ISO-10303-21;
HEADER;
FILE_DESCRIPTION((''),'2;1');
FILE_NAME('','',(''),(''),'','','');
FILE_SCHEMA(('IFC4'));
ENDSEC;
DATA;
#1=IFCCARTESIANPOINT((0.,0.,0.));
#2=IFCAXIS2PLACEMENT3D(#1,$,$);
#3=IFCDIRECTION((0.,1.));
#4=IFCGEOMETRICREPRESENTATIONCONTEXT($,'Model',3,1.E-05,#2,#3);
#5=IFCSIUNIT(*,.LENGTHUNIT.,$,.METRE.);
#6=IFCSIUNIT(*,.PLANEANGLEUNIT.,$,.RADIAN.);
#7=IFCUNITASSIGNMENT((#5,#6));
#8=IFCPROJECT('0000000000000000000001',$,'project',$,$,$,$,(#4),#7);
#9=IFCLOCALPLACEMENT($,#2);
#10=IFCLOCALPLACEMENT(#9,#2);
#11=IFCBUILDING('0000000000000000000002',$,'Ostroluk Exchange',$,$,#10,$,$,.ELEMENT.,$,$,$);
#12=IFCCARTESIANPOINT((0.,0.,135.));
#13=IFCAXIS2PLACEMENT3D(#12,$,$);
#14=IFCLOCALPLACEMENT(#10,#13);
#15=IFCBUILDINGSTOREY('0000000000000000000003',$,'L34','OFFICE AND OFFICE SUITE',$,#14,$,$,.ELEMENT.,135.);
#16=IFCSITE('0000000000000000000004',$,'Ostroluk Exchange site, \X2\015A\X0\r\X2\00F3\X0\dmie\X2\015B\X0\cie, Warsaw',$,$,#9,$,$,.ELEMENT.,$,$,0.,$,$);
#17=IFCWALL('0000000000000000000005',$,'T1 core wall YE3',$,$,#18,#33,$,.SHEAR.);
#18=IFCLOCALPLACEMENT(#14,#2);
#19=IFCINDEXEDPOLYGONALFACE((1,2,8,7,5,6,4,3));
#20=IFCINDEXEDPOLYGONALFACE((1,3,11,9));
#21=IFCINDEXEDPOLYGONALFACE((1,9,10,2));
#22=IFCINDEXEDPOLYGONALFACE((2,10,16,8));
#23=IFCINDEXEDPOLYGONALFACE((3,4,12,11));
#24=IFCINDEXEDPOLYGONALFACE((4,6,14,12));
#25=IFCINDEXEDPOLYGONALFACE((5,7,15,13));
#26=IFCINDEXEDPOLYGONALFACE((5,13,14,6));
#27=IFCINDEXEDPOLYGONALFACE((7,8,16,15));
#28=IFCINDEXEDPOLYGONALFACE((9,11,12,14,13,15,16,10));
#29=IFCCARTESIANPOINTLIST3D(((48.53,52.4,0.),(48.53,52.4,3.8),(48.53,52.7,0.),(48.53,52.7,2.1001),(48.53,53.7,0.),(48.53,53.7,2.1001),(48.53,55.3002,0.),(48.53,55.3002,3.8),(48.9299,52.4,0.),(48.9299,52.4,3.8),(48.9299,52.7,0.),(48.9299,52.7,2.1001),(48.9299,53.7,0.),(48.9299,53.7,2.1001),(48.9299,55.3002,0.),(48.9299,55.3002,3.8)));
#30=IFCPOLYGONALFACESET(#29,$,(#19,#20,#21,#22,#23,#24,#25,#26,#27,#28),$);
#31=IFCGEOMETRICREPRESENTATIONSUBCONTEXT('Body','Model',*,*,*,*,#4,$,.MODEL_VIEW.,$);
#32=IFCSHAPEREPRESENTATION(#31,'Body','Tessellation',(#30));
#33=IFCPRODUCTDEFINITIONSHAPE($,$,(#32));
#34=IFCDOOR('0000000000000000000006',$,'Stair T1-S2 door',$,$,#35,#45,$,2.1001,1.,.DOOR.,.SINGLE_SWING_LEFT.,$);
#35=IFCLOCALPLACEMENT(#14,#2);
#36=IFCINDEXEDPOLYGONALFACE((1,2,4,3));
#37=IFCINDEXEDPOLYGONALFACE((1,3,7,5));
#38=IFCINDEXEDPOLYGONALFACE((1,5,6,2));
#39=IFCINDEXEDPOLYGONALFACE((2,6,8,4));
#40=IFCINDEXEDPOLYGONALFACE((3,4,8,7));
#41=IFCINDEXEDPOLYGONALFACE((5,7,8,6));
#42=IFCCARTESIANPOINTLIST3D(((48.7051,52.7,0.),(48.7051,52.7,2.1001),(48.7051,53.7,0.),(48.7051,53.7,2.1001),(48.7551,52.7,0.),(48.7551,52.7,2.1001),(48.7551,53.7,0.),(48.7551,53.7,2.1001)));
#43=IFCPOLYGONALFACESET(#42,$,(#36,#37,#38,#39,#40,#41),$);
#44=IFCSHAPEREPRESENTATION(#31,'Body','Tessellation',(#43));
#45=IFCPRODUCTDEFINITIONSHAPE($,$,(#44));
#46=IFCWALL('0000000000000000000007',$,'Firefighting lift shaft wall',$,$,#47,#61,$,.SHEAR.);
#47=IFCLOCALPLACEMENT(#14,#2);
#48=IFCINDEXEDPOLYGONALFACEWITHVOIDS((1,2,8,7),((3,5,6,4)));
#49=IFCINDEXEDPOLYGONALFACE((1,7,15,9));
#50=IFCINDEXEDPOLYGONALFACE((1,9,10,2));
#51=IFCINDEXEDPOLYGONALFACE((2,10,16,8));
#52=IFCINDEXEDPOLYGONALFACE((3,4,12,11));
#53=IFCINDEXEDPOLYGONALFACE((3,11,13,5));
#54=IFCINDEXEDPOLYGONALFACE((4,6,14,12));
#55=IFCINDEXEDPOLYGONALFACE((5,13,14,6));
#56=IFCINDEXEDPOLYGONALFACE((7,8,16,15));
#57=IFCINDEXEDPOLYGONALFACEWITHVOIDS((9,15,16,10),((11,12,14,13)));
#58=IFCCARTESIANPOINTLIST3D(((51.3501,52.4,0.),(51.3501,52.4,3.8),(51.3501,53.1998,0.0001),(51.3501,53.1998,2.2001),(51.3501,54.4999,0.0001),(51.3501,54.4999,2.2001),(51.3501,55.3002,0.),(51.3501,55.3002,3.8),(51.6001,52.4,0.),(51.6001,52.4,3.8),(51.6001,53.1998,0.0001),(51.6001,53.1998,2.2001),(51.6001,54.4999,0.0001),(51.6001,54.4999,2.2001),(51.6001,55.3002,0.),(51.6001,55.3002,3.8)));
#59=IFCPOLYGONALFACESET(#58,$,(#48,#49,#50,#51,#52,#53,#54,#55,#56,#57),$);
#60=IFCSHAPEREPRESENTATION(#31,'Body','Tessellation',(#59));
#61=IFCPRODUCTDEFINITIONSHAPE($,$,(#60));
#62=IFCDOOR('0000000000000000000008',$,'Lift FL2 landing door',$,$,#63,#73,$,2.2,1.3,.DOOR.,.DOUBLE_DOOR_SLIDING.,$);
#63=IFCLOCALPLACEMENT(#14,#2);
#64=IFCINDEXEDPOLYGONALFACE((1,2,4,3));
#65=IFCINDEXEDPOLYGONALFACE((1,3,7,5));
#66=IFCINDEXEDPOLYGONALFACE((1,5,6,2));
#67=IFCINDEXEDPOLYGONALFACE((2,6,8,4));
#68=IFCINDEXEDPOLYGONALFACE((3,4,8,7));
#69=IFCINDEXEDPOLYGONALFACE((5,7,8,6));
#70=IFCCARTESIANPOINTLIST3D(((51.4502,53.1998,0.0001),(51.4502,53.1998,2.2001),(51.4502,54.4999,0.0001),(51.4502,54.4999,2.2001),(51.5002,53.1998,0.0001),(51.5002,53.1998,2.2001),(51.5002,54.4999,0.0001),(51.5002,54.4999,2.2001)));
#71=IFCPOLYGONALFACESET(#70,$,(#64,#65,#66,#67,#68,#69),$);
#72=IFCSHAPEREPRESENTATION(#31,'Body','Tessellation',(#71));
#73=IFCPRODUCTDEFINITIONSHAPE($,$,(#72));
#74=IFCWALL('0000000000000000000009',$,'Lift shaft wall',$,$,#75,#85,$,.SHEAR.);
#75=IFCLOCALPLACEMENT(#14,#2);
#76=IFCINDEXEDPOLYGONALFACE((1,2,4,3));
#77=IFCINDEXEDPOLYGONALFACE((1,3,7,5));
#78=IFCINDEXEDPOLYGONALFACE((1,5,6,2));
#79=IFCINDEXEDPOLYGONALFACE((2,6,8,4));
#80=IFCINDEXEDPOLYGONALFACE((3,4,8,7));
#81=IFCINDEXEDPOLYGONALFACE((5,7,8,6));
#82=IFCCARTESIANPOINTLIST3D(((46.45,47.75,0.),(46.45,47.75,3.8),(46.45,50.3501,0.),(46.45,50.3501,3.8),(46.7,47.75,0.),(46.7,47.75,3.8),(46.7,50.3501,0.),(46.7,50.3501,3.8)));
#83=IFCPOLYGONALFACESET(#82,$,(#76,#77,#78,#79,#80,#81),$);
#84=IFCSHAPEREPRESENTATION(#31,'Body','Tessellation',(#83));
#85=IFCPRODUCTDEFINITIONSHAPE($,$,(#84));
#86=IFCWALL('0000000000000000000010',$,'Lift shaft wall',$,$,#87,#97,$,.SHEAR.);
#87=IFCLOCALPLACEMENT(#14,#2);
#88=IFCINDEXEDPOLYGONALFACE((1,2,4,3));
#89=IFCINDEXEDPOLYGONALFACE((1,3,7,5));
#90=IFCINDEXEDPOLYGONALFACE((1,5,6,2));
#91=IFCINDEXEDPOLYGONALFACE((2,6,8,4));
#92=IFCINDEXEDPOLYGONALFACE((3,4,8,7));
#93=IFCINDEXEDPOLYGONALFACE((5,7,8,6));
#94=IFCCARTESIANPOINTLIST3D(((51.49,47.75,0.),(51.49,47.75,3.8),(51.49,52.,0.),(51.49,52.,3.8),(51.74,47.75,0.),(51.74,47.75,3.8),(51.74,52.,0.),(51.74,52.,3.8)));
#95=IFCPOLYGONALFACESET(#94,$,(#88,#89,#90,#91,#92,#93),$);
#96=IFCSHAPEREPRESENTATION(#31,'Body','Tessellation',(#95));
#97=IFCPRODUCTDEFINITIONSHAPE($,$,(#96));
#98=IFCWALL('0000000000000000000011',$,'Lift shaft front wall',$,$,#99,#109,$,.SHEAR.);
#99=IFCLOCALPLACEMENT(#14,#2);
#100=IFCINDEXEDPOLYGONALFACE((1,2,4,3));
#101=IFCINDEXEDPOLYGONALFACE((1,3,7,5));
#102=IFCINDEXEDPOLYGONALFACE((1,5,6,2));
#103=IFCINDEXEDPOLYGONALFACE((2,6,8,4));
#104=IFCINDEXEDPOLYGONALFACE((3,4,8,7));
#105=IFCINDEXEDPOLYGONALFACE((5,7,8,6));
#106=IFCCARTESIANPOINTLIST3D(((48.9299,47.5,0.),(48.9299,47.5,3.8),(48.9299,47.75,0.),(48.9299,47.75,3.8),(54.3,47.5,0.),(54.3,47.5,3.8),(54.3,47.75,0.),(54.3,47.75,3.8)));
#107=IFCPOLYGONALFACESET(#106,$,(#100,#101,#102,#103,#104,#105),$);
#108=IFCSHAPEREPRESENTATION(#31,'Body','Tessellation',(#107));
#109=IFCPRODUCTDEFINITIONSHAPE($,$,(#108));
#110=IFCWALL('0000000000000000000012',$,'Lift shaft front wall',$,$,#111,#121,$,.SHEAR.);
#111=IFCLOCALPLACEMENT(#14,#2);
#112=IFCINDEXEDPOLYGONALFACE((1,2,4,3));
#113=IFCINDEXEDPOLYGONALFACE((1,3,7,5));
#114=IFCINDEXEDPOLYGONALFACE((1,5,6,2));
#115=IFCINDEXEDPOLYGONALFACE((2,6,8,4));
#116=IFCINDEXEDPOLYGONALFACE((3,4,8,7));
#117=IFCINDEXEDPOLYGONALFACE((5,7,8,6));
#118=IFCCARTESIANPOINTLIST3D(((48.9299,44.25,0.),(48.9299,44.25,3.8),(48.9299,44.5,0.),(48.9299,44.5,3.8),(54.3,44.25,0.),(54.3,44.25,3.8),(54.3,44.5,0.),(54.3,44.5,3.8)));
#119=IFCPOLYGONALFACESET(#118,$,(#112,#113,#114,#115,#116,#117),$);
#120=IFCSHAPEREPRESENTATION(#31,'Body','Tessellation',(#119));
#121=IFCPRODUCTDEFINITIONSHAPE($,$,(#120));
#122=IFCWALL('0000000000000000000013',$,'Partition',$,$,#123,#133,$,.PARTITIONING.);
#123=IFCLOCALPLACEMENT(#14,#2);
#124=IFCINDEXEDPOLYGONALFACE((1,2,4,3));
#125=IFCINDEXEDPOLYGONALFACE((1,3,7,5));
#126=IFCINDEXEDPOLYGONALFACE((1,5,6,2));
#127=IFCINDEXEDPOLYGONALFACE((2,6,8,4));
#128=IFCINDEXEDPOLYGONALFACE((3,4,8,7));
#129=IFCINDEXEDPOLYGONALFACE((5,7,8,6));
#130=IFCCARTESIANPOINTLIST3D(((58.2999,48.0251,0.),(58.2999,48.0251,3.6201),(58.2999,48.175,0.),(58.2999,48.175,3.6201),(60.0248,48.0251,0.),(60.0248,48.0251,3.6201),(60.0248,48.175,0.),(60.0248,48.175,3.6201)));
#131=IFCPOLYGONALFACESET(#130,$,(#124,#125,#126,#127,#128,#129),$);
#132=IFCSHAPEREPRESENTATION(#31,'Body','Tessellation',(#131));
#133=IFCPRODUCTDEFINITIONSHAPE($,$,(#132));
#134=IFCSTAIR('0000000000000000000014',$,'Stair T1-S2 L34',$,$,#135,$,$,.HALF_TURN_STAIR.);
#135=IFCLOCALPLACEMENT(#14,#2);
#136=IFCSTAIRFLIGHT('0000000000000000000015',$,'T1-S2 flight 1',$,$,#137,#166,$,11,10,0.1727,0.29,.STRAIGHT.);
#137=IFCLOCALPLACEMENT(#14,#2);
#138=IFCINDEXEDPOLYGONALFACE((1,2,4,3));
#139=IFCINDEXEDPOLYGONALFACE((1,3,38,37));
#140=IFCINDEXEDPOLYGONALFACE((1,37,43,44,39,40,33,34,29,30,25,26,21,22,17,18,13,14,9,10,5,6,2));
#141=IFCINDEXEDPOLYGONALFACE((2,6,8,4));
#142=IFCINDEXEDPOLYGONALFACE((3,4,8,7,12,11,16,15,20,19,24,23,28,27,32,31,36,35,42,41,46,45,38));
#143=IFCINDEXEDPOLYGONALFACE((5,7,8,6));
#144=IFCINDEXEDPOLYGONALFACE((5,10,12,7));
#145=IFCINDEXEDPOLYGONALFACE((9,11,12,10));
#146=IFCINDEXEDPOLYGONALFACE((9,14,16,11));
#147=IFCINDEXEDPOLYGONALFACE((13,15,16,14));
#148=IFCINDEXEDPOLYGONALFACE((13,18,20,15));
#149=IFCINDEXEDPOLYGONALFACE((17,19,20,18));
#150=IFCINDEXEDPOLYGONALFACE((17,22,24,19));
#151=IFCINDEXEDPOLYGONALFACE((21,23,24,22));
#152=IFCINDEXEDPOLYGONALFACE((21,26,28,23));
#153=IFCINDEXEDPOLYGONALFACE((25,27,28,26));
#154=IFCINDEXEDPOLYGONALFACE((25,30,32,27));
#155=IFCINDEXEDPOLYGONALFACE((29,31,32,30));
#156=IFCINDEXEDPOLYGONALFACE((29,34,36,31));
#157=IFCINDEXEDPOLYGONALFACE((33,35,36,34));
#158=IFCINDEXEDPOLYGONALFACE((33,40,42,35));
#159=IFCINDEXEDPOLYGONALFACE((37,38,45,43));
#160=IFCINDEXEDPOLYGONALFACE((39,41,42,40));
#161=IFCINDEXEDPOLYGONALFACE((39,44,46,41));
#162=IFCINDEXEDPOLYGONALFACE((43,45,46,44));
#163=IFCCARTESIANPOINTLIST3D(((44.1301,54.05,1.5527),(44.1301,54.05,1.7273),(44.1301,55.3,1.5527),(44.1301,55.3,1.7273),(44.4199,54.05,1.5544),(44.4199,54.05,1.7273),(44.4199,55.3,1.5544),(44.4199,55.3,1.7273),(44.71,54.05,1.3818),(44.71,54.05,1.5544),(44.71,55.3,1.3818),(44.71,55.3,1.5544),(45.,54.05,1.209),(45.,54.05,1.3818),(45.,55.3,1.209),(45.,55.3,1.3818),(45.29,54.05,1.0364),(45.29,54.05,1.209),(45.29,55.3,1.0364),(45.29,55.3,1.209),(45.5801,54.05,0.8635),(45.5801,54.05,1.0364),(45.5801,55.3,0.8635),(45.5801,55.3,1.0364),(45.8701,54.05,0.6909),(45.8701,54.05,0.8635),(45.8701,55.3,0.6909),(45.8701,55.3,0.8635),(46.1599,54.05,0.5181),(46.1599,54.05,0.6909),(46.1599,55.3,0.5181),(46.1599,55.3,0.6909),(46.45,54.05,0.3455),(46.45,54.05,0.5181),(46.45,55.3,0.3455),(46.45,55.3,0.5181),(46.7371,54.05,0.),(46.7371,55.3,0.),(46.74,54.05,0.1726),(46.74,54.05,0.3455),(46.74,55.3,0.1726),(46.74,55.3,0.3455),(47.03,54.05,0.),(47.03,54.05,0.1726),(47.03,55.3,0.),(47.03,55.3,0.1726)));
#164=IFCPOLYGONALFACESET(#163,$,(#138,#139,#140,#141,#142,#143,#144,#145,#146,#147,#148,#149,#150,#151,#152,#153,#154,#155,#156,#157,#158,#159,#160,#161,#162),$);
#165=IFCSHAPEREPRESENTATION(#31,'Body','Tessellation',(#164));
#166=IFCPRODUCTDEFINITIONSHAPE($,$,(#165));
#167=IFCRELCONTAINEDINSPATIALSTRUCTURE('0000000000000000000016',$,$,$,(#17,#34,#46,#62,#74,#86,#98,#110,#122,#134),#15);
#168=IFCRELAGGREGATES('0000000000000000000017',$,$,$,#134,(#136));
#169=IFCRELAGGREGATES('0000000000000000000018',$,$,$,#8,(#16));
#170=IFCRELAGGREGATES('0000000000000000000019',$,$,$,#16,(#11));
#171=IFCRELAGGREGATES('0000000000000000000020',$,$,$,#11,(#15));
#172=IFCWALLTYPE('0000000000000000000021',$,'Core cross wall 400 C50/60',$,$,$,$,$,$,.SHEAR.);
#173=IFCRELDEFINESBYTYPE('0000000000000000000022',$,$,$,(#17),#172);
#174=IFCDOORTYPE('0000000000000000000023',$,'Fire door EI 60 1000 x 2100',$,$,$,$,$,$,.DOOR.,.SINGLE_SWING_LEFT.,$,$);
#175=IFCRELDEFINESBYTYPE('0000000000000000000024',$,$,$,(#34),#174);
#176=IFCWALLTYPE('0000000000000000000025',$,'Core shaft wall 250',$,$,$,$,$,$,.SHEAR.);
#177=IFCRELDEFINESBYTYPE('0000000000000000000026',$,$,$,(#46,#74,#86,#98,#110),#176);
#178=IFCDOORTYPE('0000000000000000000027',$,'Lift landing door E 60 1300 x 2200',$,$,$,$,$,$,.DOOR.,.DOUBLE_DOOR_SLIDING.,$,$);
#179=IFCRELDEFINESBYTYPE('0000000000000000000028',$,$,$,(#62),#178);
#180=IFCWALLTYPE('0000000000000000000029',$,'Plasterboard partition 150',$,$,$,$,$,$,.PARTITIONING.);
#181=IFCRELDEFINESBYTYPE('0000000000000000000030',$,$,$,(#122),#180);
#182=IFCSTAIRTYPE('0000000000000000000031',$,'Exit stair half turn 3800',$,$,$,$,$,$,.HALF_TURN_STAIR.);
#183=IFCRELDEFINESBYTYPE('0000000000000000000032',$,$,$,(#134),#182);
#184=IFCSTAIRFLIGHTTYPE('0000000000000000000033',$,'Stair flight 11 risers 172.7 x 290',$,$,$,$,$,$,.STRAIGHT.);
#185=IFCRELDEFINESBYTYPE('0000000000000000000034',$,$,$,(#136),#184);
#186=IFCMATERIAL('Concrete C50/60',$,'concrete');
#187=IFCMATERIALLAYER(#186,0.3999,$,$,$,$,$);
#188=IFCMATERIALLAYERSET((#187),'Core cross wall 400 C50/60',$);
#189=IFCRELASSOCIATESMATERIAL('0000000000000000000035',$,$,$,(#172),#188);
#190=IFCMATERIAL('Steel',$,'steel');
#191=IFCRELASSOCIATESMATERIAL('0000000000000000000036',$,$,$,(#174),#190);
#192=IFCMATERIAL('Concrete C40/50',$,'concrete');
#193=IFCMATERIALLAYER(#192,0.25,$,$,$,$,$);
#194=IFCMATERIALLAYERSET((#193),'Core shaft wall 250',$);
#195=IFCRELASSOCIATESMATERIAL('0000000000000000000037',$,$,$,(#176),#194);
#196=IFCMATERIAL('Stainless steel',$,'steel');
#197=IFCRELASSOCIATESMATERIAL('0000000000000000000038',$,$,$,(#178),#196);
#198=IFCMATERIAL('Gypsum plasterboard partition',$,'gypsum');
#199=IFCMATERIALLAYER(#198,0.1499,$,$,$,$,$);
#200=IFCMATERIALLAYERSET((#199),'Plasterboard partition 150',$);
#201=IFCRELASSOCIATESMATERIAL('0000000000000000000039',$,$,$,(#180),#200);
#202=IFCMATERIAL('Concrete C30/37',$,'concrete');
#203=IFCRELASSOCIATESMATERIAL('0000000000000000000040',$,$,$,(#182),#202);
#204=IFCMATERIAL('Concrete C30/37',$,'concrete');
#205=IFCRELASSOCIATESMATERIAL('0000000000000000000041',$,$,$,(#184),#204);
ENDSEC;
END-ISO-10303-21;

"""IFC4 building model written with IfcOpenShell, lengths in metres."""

from ifc_helpers import new_model, si_unit, direction, frame, frame_2d, origin, place, context, subcontext, project, spatial, polyline, rectangle, outline, extrude, material, layer, layer_set, type_object, element, fill, aggregate, save


model = new_model("IFC4")

# Units and contexts
model_context = context("Model", 3, precision=1e-05, world=origin(), true_north=direction((0.0, 1.0)))
body_context = subcontext(model_context, "Body", "Model", "MODEL_VIEW")
ifc_project = project(units=[si_unit("LENGTHUNIT", "METRE"), si_unit("PLANEANGLEUNIT", "RADIAN")], contexts=[model_context])

# Site, building, storey
site_placement = place(None, origin())
site = spatial("IfcSite", under=ifc_project, at=site_placement, Name="Ostroluk Exchange site, Śródmieście, Warsaw", CompositionType="ELEMENT", RefElevation=0.0)
building_placement = place(site_placement, origin())
building = spatial("IfcBuilding", under=site, at=building_placement, Name="Ostroluk Exchange", CompositionType="ELEMENT")
storey_placement = place(building_placement, frame((0.0, 0.0, 135.0)))
storey = spatial("IfcBuildingStorey", under=building, at=storey_placement, Name="L34", Description="OFFICE AND OFFICE SUITE", CompositionType="ELEMENT", Elevation=135.0)

# Walls, openings, doors
ifc_material_1 = material(Name="Concrete C50/60", Category="concrete")
ifc_layer_1 = layer(ifc_material_1, 0.3999)
ifc_layer_set_1 = layer_set([ifc_layer_1], Name="Core cross wall 400 C50/60")
wall_type_1 = type_object("IfcWallType", Name="Core cross wall 400 C50/60", PredefinedType="SHEAR", material=ifc_layer_set_1)
wall_1_placement = place(storey_placement, frame((48.73, 52.3999, 0.0), z_axis=(0.0, 0.0, 1.0), x_axis=(0.0, 1.0, 0.0)))
wall_1 = element("IfcWall", 1, at=wall_1_placement, inside=storey, type_object=wall_type_1, Name="T1 core wall YE3", PredefinedType="SHEAR", context=body_context, shape_type="SweptSolid", body=[
    extrude(rectangle(XDim=2.9001, YDim=0.3999, at=frame_2d((1.4502, 0.0))), origin(), (0.0, 0.0, 1.0), 3.8),
])
opening_1_placement = place(wall_1_placement, frame((0.3, 0.0, 0.0)))
opening_1 = element("IfcOpeningElement", 2, at=opening_1_placement, cuts=wall_1, PredefinedType="OPENING", context=body_context, shape_type="SweptSolid", body=[
    extrude(rectangle(XDim=1.0, YDim=2.1001, at=frame_2d((0.5, 1.05))), frame((0.0, 0.21, 0.0), z_axis=(0.0, -1.0, 0.0), x_axis=(1.0, 0.0, 0.0)), (0.0, 0.0, 1.0), 0.4199),
])
ifc_material_2 = material(Name="Steel", Category="steel")
door_type_1 = type_object("IfcDoorType", Name="Fire door EI 60 1000 x 2100", OperationType="SINGLE_SWING_LEFT", PredefinedType="DOOR", material=ifc_material_2)
door_1_placement = place(opening_1_placement, origin())
door_1 = element("IfcDoor", 3, at=door_1_placement, inside=storey, type_object=door_type_1, Name="Stair T1-S2 door", OperationType="SINGLE_SWING_LEFT", OverallHeight=2.1001, OverallWidth=1.0, PredefinedType="DOOR", context=body_context, shape_type="SweptSolid", body=[
    extrude(rectangle(XDim=1.0, YDim=2.1001, at=frame_2d((0.5, 1.05))), frame((0.0, 0.0249, 0.0), z_axis=(0.0, -1.0, 0.0), x_axis=(1.0, 0.0, 0.0)), (0.0, 0.0, 1.0), 0.05),
])
fill(opening_1, door_1)
ifc_material_3 = material(Name="Concrete C40/50", Category="concrete")
ifc_layer_2 = layer(ifc_material_3, 0.25)
ifc_layer_set_2 = layer_set([ifc_layer_2], Name="Core shaft wall 250")
wall_type_2 = type_object("IfcWallType", Name="Core shaft wall 250", PredefinedType="SHEAR", material=ifc_layer_set_2)
wall_2_placement = place(storey_placement, frame((51.4751, 52.3999, 0.0), z_axis=(0.0, 0.0, 1.0), x_axis=(0.0, 1.0, 0.0)))
wall_2 = element("IfcWall", 4, at=wall_2_placement, inside=storey, type_object=wall_type_2, Name="Firefighting lift shaft wall", PredefinedType="SHEAR", context=body_context, shape_type="SweptSolid", body=[
    extrude(rectangle(XDim=2.9001, YDim=0.25, at=frame_2d((1.4502, 0.0))), origin(), (0.0, 0.0, 1.0), 3.8),
])
opening_2_placement = place(wall_2_placement, frame((0.8, 0.0, 0.0)))
opening_2 = element("IfcOpeningElement", 5, at=opening_2_placement, cuts=wall_2, PredefinedType="OPENING", context=body_context, shape_type="SweptSolid", body=[
    extrude(rectangle(XDim=1.3, YDim=2.2, at=frame_2d((0.6499, 1.1001))), frame((0.0, 0.135, 0.0), z_axis=(0.0, -1.0, 0.0), x_axis=(1.0, 0.0, 0.0)), (0.0, 0.0, 1.0), 0.27),
])
ifc_material_4 = material(Name="Stainless steel", Category="steel")
door_type_2 = type_object("IfcDoorType", Name="Lift landing door E 60 1300 x 2200", OperationType="DOUBLE_DOOR_SLIDING", PredefinedType="DOOR", material=ifc_material_4)
door_2_placement = place(opening_2_placement, origin())
door_2 = element("IfcDoor", 6, at=door_2_placement, inside=storey, type_object=door_type_2, Name="Lift FL2 landing door", OperationType="DOUBLE_DOOR_SLIDING", OverallHeight=2.2, OverallWidth=1.3, PredefinedType="DOOR", context=body_context, shape_type="SweptSolid", body=[
    extrude(rectangle(XDim=1.3, YDim=2.2, at=frame_2d((0.6499, 1.1001))), frame((0.0, 0.0249, 0.0), z_axis=(0.0, -1.0, 0.0), x_axis=(1.0, 0.0, 0.0)), (0.0, 0.0, 1.0), 0.05),
])
fill(opening_2, door_2)

# Walls
wall_3_placement = place(storey_placement, frame((46.575, 47.75, 0.0), z_axis=(0.0, 0.0, 1.0), x_axis=(0.0, 1.0, 0.0)))
element("IfcWall", 7, at=wall_3_placement, inside=storey, type_object=wall_type_2, Name="Lift shaft wall", PredefinedType="SHEAR", context=body_context, shape_type="SweptSolid", body=[
    extrude(rectangle(XDim=2.6001, YDim=0.25, at=frame_2d((1.3, 0.0))), origin(), (0.0, 0.0, 1.0), 3.8),
])
wall_4_placement = place(storey_placement, frame((51.615, 47.75, 0.0), z_axis=(0.0, 0.0, 1.0), x_axis=(0.0, 1.0, 0.0)))
element("IfcWall", 8, at=wall_4_placement, inside=storey, type_object=wall_type_2, Name="Lift shaft wall", PredefinedType="SHEAR", context=body_context, shape_type="SweptSolid", body=[
    extrude(rectangle(XDim=4.25, YDim=0.25, at=frame_2d((2.125, 0.0))), origin(), (0.0, 0.0, 1.0), 3.8),
])
for number, where, z_axis, x_axis, name in (
    (9, (48.9299, 47.625, 0.0), (0.0, 0.0, 1.0), (1.0, 0.0, 0.0), "Lift shaft front wall"),
    (10, (48.9299, 44.375, 0.0), (0.0, 0.0, 1.0), (1.0, 0.0, 0.0), "Lift shaft front wall"),
):
    element("IfcWall", number, at=place(storey_placement, frame(where, z_axis=z_axis, x_axis=x_axis)), inside=storey, type_object=wall_type_2, Name=name, PredefinedType="SHEAR", context=body_context, shape_type="SweptSolid", body=[
        extrude(rectangle(XDim=5.3701, YDim=0.25, at=frame_2d((2.6851, 0.0))), origin(), (0.0, 0.0, 1.0), 3.8),
    ])
ifc_material_5 = material(Name="Gypsum plasterboard partition", Category="gypsum")
ifc_layer_3 = layer(ifc_material_5, 0.1499)
ifc_layer_set_3 = layer_set([ifc_layer_3], Name="Plasterboard partition 150")
wall_type_3 = type_object("IfcWallType", Name="Plasterboard partition 150", PredefinedType="PARTITIONING", material=ifc_layer_set_3)
wall_5_placement = place(storey_placement, frame((58.3, 48.1001, 0.0), z_axis=(0.0, 0.0, 1.0), x_axis=(1.0, 0.0, 0.0)))
element("IfcWall", 11, at=wall_5_placement, inside=storey, type_object=wall_type_3, Name="Partition", PredefinedType="PARTITIONING", context=body_context, shape_type="SweptSolid", body=[
    extrude(rectangle(XDim=1.7249, YDim=0.1499, at=frame_2d((0.8623, 0.0))), origin(), (0.0, 0.0, 1.0), 3.6201),
])

# Stair, stair flight
ifc_material_6 = material(Name="Concrete C30/37", Category="concrete")
stair_type = type_object("IfcStairType", Name="Exit stair half turn 3800", PredefinedType="HALF_TURN_STAIR", material=ifc_material_6)
stair_placement = place(storey_placement, origin())
stair = element("IfcStair", 12, at=stair_placement, inside=storey, type_object=stair_type, Name="Stair T1-S2 L34", PredefinedType="HALF_TURN_STAIR")
ifc_material_7 = material(Name="Concrete C30/37", Category="concrete")
stair_flight_type = type_object("IfcStairFlightType", Name="Stair flight 11 risers 172.7 x 290", PredefinedType="STRAIGHT", material=ifc_material_7)
stair_flight_1_placement = place(storey_placement, frame((47.03, 54.675, 0.0), z_axis=(0.0, 0.0, 1.0), x_axis=(-1.0, 0.0, 0.0)))
stair_flight_1 = element("IfcStairFlight", 13, at=stair_flight_1_placement, type_object=stair_flight_type, Name="T1-S2 flight 1", NumberOfRisers=11, NumberOfTreads=10, PredefinedType="STRAIGHT", RiserHeight=0.1727, TreadLength=0.29, context=body_context, shape_type="SweptSolid", body=[
    extrude(outline(polyline([(0.0, 0.0), (0.0, 0.1726), (0.29, 0.1726), (0.29, 0.3455), (0.5801, 0.3455), (0.5801, 0.5181), (0.8701, 0.5181), (0.8701, 0.6909), (1.1599, 0.6909), (1.1599, 0.8635), (1.45, 0.8635), (1.45, 1.0364), (1.74, 1.0364), (1.74, 1.209), (2.03, 1.209), (2.03, 1.3818), (2.3201, 1.3818), (2.3201, 1.5544), (2.6101, 1.5544), (2.6101, 1.7273), (2.8999, 1.7273), (2.8999, 1.8999), (2.8999, 1.5527), (0.293, 0.0), (0.0, 0.0)])), frame((0.0, 0.625, 0.0), z_axis=(0.0, -1.0, 0.0), x_axis=(1.0, 0.0, 0.0)), (0.0, 0.0, 1.0), 1.25),
])
aggregate(stair, [stair_flight_1])

save(model, "model.ifc")
